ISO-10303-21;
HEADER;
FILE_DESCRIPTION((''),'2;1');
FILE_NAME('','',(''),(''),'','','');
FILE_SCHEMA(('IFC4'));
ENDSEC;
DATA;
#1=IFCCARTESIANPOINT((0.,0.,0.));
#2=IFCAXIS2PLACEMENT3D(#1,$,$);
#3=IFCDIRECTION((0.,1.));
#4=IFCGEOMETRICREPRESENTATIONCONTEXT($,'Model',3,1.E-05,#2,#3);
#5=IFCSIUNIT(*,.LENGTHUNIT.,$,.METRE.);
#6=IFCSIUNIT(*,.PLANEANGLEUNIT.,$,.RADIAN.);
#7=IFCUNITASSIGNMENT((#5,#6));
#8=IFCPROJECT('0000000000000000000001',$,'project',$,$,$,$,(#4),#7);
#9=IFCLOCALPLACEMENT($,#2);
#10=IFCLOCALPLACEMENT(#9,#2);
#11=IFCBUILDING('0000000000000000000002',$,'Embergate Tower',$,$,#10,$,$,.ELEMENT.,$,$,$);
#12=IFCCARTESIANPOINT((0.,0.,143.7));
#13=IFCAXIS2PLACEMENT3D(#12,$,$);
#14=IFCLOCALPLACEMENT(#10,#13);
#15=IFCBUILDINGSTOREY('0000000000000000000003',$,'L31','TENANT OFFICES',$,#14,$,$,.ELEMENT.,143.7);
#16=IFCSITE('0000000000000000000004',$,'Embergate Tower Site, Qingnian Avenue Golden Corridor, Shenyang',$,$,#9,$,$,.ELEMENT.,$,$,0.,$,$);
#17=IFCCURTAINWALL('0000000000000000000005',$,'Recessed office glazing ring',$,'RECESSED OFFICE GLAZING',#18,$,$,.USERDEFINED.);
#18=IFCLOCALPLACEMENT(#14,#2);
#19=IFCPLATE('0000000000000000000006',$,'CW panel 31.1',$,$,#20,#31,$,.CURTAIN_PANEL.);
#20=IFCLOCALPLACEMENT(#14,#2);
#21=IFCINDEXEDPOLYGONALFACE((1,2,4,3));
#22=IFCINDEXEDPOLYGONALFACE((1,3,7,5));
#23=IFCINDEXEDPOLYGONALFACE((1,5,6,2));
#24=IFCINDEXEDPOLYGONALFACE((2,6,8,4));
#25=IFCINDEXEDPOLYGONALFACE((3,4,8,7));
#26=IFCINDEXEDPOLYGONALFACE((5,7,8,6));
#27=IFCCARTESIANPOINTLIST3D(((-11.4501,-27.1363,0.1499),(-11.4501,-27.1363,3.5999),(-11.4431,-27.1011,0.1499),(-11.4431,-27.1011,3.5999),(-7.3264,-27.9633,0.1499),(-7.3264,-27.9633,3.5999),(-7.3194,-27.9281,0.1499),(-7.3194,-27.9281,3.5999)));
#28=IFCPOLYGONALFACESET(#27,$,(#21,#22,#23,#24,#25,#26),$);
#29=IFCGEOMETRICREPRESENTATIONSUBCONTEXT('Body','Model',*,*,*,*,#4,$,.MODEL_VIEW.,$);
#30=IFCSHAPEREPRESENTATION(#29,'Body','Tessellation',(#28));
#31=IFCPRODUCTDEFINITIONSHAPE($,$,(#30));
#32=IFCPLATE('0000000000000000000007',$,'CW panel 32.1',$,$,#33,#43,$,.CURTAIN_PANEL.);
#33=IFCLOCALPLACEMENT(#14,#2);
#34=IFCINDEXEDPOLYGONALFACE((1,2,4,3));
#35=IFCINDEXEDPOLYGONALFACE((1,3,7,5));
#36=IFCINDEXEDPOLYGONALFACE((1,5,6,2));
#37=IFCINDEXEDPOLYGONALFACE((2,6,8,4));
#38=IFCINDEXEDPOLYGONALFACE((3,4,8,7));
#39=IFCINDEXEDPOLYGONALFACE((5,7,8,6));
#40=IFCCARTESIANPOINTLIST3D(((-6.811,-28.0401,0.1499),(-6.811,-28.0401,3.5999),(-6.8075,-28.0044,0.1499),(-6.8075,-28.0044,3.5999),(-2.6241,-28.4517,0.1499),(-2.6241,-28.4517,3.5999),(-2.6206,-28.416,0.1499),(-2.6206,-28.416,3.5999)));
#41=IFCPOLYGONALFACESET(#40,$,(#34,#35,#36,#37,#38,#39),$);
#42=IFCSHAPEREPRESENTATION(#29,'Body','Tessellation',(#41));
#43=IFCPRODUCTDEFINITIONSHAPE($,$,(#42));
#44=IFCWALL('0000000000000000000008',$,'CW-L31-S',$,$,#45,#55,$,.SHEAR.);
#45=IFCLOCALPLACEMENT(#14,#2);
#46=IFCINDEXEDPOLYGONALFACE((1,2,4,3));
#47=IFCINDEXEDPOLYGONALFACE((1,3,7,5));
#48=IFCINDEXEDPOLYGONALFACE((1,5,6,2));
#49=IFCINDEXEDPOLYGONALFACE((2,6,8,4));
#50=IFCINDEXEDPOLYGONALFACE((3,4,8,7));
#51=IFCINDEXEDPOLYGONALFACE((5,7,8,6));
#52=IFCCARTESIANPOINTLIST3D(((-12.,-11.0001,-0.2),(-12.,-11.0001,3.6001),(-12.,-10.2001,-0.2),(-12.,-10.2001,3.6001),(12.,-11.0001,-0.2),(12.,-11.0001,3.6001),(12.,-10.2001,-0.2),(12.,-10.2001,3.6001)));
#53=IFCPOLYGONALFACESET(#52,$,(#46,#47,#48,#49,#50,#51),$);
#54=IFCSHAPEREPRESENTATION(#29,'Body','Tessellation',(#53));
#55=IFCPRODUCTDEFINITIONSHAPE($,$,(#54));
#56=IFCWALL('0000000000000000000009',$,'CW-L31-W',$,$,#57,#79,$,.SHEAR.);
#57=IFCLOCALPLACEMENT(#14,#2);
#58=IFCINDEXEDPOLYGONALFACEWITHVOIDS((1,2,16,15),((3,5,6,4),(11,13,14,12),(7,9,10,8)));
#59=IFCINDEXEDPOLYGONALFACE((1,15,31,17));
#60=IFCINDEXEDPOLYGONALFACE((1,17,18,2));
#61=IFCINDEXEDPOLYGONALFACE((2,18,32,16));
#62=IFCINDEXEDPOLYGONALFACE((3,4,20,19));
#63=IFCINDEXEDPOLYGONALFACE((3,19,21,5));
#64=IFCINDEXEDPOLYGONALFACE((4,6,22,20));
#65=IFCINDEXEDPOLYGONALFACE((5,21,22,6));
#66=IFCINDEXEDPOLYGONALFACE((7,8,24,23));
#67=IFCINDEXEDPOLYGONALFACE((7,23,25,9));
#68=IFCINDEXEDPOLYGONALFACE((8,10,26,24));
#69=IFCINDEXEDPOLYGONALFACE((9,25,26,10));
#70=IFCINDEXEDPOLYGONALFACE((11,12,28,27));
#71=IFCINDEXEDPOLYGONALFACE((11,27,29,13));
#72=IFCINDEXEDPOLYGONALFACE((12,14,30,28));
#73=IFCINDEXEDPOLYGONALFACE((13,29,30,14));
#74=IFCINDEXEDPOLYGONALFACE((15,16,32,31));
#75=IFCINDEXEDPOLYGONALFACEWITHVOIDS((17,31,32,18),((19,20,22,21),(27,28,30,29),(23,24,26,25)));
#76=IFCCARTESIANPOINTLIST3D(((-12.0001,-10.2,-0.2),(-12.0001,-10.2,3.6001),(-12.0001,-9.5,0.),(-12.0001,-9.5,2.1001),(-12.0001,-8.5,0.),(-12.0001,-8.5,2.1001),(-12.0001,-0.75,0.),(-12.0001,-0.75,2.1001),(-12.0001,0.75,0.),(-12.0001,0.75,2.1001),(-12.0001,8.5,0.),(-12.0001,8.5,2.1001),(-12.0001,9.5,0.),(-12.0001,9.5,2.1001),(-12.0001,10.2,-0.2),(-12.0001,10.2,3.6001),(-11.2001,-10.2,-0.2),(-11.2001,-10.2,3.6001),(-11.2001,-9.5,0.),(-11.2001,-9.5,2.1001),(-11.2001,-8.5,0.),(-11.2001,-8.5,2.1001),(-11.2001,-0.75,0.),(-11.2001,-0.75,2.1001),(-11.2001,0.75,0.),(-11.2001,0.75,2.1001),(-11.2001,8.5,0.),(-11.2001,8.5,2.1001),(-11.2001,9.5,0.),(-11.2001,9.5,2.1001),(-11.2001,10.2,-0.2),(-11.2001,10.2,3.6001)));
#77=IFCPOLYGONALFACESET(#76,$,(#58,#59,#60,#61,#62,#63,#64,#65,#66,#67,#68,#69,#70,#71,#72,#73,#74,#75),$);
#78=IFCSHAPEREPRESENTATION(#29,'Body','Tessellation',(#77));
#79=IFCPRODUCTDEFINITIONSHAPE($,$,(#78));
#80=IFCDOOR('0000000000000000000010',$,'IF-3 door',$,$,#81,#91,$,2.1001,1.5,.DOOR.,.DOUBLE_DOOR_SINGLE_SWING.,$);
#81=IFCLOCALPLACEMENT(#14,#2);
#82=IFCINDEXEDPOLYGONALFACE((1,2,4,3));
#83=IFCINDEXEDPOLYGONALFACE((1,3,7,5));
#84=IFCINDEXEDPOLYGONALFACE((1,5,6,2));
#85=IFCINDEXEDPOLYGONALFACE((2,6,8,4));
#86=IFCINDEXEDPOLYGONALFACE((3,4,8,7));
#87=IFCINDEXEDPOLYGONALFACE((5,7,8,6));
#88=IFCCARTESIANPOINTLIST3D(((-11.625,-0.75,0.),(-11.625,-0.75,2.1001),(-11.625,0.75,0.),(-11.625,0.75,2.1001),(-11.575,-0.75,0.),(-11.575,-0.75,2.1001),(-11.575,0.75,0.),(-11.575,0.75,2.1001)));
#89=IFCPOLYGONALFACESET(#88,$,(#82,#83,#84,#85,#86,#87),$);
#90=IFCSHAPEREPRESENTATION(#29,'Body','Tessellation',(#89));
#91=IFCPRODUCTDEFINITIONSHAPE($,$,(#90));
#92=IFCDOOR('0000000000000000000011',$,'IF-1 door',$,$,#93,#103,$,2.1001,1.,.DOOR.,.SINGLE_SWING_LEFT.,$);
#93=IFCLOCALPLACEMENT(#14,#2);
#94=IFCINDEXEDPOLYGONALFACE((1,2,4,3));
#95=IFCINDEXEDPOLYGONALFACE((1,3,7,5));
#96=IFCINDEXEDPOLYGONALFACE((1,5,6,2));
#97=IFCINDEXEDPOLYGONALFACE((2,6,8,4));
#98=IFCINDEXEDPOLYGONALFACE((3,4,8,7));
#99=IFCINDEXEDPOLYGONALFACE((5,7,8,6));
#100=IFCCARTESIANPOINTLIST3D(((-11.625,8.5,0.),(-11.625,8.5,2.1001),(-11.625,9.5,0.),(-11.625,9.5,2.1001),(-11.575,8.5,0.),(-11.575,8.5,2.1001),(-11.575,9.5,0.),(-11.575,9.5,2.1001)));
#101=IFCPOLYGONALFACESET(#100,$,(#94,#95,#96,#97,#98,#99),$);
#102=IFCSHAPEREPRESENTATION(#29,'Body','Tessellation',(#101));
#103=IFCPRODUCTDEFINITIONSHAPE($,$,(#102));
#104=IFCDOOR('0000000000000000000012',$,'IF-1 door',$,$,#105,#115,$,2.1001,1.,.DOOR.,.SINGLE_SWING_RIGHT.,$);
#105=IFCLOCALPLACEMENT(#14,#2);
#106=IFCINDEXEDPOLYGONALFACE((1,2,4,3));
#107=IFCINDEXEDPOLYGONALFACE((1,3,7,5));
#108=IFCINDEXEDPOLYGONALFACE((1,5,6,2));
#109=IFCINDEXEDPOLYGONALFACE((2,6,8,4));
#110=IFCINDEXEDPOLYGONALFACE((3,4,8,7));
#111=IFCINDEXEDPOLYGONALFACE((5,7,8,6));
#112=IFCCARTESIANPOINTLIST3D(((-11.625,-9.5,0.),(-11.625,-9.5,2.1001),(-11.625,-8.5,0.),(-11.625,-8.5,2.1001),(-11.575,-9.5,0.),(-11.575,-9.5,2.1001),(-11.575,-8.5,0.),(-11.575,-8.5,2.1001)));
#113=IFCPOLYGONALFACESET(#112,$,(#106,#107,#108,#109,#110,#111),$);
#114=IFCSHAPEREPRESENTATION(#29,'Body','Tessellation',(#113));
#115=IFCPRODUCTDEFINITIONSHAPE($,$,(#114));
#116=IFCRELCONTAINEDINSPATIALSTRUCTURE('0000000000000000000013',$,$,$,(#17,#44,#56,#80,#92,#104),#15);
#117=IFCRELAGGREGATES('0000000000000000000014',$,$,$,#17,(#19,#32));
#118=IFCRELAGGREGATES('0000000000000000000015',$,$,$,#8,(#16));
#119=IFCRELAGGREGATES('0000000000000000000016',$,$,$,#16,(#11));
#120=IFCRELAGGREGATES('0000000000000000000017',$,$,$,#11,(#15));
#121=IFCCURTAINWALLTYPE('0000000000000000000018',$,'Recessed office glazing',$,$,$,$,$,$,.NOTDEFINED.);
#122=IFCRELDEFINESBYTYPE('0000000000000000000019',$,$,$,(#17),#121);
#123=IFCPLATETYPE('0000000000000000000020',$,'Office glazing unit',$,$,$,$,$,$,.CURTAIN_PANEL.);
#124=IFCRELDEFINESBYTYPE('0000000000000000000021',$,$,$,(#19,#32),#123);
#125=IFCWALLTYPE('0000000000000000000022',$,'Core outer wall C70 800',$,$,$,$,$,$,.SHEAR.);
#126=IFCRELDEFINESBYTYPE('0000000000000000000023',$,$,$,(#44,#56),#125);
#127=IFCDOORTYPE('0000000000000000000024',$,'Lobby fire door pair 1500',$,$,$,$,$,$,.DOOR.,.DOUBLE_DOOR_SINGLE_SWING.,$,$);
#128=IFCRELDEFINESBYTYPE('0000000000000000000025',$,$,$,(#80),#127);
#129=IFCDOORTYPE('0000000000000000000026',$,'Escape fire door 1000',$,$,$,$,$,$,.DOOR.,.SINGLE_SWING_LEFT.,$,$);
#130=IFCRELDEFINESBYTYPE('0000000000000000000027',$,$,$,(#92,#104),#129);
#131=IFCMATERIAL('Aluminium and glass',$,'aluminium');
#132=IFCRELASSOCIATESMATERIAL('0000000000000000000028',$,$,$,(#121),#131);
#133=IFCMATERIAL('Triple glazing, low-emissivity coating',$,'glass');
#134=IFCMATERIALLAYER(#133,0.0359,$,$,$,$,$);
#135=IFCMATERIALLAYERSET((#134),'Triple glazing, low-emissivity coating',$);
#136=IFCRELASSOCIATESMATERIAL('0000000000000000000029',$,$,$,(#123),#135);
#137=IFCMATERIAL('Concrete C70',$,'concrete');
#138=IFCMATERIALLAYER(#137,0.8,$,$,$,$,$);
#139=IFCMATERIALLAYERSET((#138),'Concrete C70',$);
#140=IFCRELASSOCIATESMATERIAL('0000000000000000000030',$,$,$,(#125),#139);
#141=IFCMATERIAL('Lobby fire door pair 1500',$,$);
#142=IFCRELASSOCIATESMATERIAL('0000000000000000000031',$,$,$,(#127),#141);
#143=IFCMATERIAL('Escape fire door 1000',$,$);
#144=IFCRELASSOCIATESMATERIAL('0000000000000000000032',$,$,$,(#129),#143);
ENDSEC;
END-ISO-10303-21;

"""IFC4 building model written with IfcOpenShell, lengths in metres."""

from ifc_helpers import new_model, si_unit, direction, frame, frame_2d, origin, origin_2d, place, context, subcontext, project, spatial, rectangle, extrude, source, transform, mapped, material, layer, layer_set, type_object, element, fill, aggregate, save


model = new_model("IFC4")

# Units and contexts
model_context = context("Model", 3, precision=1e-05, world=origin(), true_north=direction((0.0, 1.0)))
body_context = subcontext(model_context, "Body", "Model", "MODEL_VIEW")
ifc_project = project(units=[si_unit("LENGTHUNIT", "METRE"), si_unit("PLANEANGLEUNIT", "RADIAN")], contexts=[model_context])

# Site, building, storey
site_placement = place(None, origin())
site = spatial("IfcSite", under=ifc_project, at=site_placement, Name="Embergate Tower Site, Qingnian Avenue Golden Corridor, Shenyang", CompositionType="ELEMENT", RefElevation=0.0)
building_placement = place(site_placement, origin())
building = spatial("IfcBuilding", under=site, at=building_placement, Name="Embergate Tower", CompositionType="ELEMENT")
storey_placement = place(building_placement, frame((0.0, 0.0, 143.7)))
storey = spatial("IfcBuildingStorey", under=building, at=storey_placement, Name="L31", Description="TENANT OFFICES", CompositionType="ELEMENT", Elevation=143.7)

# Shared definitions
ifc_material_1 = material(Name="Concrete C70", Category="concrete")

# Curtain wall, plates
ifc_material_2 = material(Name="Aluminium and glass", Category="aluminium")
curtain_wall_type = type_object("IfcCurtainWallType", Name="Recessed office glazing", PredefinedType="NOTDEFINED", material=ifc_material_2)
curtain_wall_placement = place(storey_placement, origin())
curtain_wall = element("IfcCurtainWall", 1, at=curtain_wall_placement, inside=storey, type_object=curtain_wall_type, Name="Recessed office glazing ring", ObjectType="RECESSED OFFICE GLAZING", PredefinedType="USERDEFINED")
ifc_material_3 = material(Name="Triple glazing, low-emissivity coating", Category="glass")
ifc_layer_1 = layer(ifc_material_3, 0.0359)
ifc_layer_set_1 = layer_set([ifc_layer_1], Name="Triple glazing, low-emissivity coating")
plate_type = type_object("IfcPlateType", Name="Office glazing unit", PredefinedType="CURTAIN_PANEL", material=ifc_layer_set_1)
shared_shape_1 = source(origin(), body_context, "Body", "SweptSolid", [
    extrude(rectangle(XDim=4.2058, YDim=0.0359, at=origin_2d()), origin(), (0.0, 0.0, 1.0), 3.45),
])
plate_1_placement = place(storey_placement, frame((-9.3848, -27.5322, 0.1499), z_axis=(0.0, 0.0, 1.0), x_axis=(0.980477, -0.196636, 0.0)))
plate_1 = element("IfcPlate", 2, at=plate_1_placement, type_object=plate_type, Name="CW panel 31.1", PredefinedType="CURTAIN_PANEL", context=body_context, shape_type="MappedRepresentation", body=[
    mapped(shared_shape_1, transform((0.0, 0.0, 0.0))),
])
shared_shape_2 = source(origin(), body_context, "Body", "SweptSolid", [
    extrude(rectangle(XDim=4.207, YDim=0.0359, at=origin_2d()), origin(), (0.0, 0.0, 1.0), 3.45),
])
plate_2_placement = place(storey_placement, frame((-4.7158, -28.228, 0.1499), z_axis=(0.0, 0.0, 1.0), x_axis=(0.995203, -0.097828, 0.0)))
plate_2 = element("IfcPlate", 3, at=plate_2_placement, type_object=plate_type, Name="CW panel 32.1", PredefinedType="CURTAIN_PANEL", context=body_context, shape_type="MappedRepresentation", body=[
    mapped(shared_shape_2, transform((0.0, 0.0, 0.0))),
])
aggregate(curtain_wall, [plate_1, plate_2])

# Wall
ifc_layer_2 = layer(ifc_material_1, 0.8)
ifc_layer_set_2 = layer_set([ifc_layer_2], Name="Concrete C70")
wall_type_1 = type_object("IfcWallType", Name="Core outer wall C70 800", PredefinedType="SHEAR", material=ifc_layer_set_2)
shared_shape_3 = source(origin(), body_context, "Body", "SweptSolid", [
    extrude(rectangle(XDim=24.0, YDim=0.8, at=frame_2d((12.0, 0.0))), origin(), (0.0, 0.0, 1.0), 3.8),
])
wall_1_placement = place(storey_placement, frame((-12.0, -10.6001, -0.2), z_axis=(0.0, 0.0, 1.0), x_axis=(1.0, 0.0, 0.0)))
element("IfcWall", 4, at=wall_1_placement, inside=storey, type_object=wall_type_1, Name="CW-L31-S", PredefinedType="SHEAR", context=body_context, shape_type="MappedRepresentation", body=[
    mapped(shared_shape_3, transform((0.0, 0.0, 0.0))),
])

# Wall, openings, doors
shared_shape_4 = source(origin(), body_context, "Body", "SweptSolid", [
    extrude(rectangle(XDim=20.3999, YDim=0.8, at=frame_2d((10.2, 0.0))), origin(), (0.0, 0.0, 1.0), 3.8),
])
wall_2_placement = place(storey_placement, frame((-11.6001, -10.2, -0.2), z_axis=(0.0, 0.0, 1.0), x_axis=(0.0, 1.0, 0.0)))
wall_2 = element("IfcWall", 5, at=wall_2_placement, inside=storey, type_object=wall_type_1, Name="CW-L31-W", PredefinedType="SHEAR", context=body_context, shape_type="MappedRepresentation", body=[
    mapped(shared_shape_4, transform((0.0, 0.0, 0.0))),
])
shared_shape_5 = source(origin(), body_context, "Body", "SweptSolid", [
    extrude(rectangle(XDim=1.0, YDim=2.1001, at=frame_2d((0.5, 1.05))), frame((0.0, 0.4099, 0.0), z_axis=(0.0, -1.0, 0.0), x_axis=(1.0, 0.0, 0.0)), (0.0, 0.0, 1.0), 0.8201),
])
opening_1_placement = place(wall_2_placement, frame((18.7, 0.0, 0.2)))
opening_1 = element("IfcOpeningElement", 6, at=opening_1_placement, cuts=wall_2, PredefinedType="OPENING", context=body_context, shape_type="MappedRepresentation", body=[
    mapped(shared_shape_5, transform((0.0, 0.0, 0.0))),
])
opening_2_placement = place(wall_2_placement, frame((0.7, 0.0, 0.2)))
opening_2 = element("IfcOpeningElement", 7, at=opening_2_placement, cuts=wall_2, PredefinedType="OPENING", context=body_context, shape_type="MappedRepresentation", body=[
    mapped(shared_shape_5, transform((0.0, 0.0, 0.0))),
])
shared_shape_6 = source(origin(), body_context, "Body", "SweptSolid", [
    extrude(rectangle(XDim=1.5, YDim=2.1001, at=frame_2d((0.75, 1.05))), frame((0.0, 0.4099, 0.0), z_axis=(0.0, -1.0, 0.0), x_axis=(1.0, 0.0, 0.0)), (0.0, 0.0, 1.0), 0.8201),
])
opening_3_placement = place(wall_2_placement, frame((9.45, 0.0, 0.2)))
opening_3 = element("IfcOpeningElement", 8, at=opening_3_placement, cuts=wall_2, PredefinedType="OPENING", context=body_context, shape_type="MappedRepresentation", body=[
    mapped(shared_shape_6, transform((0.0, 0.0, 0.0))),
])
ifc_material_4 = material(Name="Lobby fire door pair 1500")
door_type_1 = type_object("IfcDoorType", Name="Lobby fire door pair 1500", OperationType="DOUBLE_DOOR_SINGLE_SWING", PredefinedType="DOOR", material=ifc_material_4)
shared_shape_7 = source(origin(), body_context, "Body", "SweptSolid", [
    extrude(rectangle(XDim=1.5, YDim=2.1001, at=frame_2d((0.75, 1.05))), frame((0.0, 0.0249, 0.0), z_axis=(0.0, -1.0, 0.0), x_axis=(1.0, 0.0, 0.0)), (0.0, 0.0, 1.0), 0.05),
])
door_1_placement = place(opening_3_placement, origin())
door_1 = element("IfcDoor", 9, at=door_1_placement, inside=storey, type_object=door_type_1, Name="IF-3 door", OperationType="DOUBLE_DOOR_SINGLE_SWING", OverallHeight=2.1001, OverallWidth=1.5, PredefinedType="DOOR", context=body_context, shape_type="MappedRepresentation", body=[
    mapped(shared_shape_7, transform((0.0, 0.0, 0.0))),
])
fill(opening_3, door_1)
ifc_material_5 = material(Name="Escape fire door 1000")
door_type_2 = type_object("IfcDoorType", Name="Escape fire door 1000", OperationType="SINGLE_SWING_LEFT", PredefinedType="DOOR", material=ifc_material_5)
shared_shape_8 = source(origin(), body_context, "Body", "SweptSolid", [
    extrude(rectangle(XDim=1.0, YDim=2.1001, at=frame_2d((0.5, 1.05))), frame((0.0, 0.0249, 0.0), z_axis=(0.0, -1.0, 0.0), x_axis=(1.0, 0.0, 0.0)), (0.0, 0.0, 1.0), 0.05),
])
door_2_placement = place(opening_1_placement, origin())
door_2 = element("IfcDoor", 10, at=door_2_placement, inside=storey, type_object=door_type_2, Name="IF-1 door", OperationType="SINGLE_SWING_LEFT", OverallHeight=2.1001, OverallWidth=1.0, PredefinedType="DOOR", context=body_context, shape_type="MappedRepresentation", body=[
    mapped(shared_shape_8, transform((0.0, 0.0, 0.0))),
])
fill(opening_1, door_2)
door_3_placement = place(opening_2_placement, origin())
door_3 = element("IfcDoor", 11, at=door_3_placement, inside=storey, type_object=door_type_2, Name="IF-1 door", OperationType="SINGLE_SWING_RIGHT", OverallHeight=2.1001, OverallWidth=1.0, PredefinedType="DOOR", context=body_context, shape_type="MappedRepresentation", body=[
    mapped(shared_shape_8, transform((0.0, 0.0, 0.0))),
])
fill(opening_2, door_3)

save(model, "model.ifc")
